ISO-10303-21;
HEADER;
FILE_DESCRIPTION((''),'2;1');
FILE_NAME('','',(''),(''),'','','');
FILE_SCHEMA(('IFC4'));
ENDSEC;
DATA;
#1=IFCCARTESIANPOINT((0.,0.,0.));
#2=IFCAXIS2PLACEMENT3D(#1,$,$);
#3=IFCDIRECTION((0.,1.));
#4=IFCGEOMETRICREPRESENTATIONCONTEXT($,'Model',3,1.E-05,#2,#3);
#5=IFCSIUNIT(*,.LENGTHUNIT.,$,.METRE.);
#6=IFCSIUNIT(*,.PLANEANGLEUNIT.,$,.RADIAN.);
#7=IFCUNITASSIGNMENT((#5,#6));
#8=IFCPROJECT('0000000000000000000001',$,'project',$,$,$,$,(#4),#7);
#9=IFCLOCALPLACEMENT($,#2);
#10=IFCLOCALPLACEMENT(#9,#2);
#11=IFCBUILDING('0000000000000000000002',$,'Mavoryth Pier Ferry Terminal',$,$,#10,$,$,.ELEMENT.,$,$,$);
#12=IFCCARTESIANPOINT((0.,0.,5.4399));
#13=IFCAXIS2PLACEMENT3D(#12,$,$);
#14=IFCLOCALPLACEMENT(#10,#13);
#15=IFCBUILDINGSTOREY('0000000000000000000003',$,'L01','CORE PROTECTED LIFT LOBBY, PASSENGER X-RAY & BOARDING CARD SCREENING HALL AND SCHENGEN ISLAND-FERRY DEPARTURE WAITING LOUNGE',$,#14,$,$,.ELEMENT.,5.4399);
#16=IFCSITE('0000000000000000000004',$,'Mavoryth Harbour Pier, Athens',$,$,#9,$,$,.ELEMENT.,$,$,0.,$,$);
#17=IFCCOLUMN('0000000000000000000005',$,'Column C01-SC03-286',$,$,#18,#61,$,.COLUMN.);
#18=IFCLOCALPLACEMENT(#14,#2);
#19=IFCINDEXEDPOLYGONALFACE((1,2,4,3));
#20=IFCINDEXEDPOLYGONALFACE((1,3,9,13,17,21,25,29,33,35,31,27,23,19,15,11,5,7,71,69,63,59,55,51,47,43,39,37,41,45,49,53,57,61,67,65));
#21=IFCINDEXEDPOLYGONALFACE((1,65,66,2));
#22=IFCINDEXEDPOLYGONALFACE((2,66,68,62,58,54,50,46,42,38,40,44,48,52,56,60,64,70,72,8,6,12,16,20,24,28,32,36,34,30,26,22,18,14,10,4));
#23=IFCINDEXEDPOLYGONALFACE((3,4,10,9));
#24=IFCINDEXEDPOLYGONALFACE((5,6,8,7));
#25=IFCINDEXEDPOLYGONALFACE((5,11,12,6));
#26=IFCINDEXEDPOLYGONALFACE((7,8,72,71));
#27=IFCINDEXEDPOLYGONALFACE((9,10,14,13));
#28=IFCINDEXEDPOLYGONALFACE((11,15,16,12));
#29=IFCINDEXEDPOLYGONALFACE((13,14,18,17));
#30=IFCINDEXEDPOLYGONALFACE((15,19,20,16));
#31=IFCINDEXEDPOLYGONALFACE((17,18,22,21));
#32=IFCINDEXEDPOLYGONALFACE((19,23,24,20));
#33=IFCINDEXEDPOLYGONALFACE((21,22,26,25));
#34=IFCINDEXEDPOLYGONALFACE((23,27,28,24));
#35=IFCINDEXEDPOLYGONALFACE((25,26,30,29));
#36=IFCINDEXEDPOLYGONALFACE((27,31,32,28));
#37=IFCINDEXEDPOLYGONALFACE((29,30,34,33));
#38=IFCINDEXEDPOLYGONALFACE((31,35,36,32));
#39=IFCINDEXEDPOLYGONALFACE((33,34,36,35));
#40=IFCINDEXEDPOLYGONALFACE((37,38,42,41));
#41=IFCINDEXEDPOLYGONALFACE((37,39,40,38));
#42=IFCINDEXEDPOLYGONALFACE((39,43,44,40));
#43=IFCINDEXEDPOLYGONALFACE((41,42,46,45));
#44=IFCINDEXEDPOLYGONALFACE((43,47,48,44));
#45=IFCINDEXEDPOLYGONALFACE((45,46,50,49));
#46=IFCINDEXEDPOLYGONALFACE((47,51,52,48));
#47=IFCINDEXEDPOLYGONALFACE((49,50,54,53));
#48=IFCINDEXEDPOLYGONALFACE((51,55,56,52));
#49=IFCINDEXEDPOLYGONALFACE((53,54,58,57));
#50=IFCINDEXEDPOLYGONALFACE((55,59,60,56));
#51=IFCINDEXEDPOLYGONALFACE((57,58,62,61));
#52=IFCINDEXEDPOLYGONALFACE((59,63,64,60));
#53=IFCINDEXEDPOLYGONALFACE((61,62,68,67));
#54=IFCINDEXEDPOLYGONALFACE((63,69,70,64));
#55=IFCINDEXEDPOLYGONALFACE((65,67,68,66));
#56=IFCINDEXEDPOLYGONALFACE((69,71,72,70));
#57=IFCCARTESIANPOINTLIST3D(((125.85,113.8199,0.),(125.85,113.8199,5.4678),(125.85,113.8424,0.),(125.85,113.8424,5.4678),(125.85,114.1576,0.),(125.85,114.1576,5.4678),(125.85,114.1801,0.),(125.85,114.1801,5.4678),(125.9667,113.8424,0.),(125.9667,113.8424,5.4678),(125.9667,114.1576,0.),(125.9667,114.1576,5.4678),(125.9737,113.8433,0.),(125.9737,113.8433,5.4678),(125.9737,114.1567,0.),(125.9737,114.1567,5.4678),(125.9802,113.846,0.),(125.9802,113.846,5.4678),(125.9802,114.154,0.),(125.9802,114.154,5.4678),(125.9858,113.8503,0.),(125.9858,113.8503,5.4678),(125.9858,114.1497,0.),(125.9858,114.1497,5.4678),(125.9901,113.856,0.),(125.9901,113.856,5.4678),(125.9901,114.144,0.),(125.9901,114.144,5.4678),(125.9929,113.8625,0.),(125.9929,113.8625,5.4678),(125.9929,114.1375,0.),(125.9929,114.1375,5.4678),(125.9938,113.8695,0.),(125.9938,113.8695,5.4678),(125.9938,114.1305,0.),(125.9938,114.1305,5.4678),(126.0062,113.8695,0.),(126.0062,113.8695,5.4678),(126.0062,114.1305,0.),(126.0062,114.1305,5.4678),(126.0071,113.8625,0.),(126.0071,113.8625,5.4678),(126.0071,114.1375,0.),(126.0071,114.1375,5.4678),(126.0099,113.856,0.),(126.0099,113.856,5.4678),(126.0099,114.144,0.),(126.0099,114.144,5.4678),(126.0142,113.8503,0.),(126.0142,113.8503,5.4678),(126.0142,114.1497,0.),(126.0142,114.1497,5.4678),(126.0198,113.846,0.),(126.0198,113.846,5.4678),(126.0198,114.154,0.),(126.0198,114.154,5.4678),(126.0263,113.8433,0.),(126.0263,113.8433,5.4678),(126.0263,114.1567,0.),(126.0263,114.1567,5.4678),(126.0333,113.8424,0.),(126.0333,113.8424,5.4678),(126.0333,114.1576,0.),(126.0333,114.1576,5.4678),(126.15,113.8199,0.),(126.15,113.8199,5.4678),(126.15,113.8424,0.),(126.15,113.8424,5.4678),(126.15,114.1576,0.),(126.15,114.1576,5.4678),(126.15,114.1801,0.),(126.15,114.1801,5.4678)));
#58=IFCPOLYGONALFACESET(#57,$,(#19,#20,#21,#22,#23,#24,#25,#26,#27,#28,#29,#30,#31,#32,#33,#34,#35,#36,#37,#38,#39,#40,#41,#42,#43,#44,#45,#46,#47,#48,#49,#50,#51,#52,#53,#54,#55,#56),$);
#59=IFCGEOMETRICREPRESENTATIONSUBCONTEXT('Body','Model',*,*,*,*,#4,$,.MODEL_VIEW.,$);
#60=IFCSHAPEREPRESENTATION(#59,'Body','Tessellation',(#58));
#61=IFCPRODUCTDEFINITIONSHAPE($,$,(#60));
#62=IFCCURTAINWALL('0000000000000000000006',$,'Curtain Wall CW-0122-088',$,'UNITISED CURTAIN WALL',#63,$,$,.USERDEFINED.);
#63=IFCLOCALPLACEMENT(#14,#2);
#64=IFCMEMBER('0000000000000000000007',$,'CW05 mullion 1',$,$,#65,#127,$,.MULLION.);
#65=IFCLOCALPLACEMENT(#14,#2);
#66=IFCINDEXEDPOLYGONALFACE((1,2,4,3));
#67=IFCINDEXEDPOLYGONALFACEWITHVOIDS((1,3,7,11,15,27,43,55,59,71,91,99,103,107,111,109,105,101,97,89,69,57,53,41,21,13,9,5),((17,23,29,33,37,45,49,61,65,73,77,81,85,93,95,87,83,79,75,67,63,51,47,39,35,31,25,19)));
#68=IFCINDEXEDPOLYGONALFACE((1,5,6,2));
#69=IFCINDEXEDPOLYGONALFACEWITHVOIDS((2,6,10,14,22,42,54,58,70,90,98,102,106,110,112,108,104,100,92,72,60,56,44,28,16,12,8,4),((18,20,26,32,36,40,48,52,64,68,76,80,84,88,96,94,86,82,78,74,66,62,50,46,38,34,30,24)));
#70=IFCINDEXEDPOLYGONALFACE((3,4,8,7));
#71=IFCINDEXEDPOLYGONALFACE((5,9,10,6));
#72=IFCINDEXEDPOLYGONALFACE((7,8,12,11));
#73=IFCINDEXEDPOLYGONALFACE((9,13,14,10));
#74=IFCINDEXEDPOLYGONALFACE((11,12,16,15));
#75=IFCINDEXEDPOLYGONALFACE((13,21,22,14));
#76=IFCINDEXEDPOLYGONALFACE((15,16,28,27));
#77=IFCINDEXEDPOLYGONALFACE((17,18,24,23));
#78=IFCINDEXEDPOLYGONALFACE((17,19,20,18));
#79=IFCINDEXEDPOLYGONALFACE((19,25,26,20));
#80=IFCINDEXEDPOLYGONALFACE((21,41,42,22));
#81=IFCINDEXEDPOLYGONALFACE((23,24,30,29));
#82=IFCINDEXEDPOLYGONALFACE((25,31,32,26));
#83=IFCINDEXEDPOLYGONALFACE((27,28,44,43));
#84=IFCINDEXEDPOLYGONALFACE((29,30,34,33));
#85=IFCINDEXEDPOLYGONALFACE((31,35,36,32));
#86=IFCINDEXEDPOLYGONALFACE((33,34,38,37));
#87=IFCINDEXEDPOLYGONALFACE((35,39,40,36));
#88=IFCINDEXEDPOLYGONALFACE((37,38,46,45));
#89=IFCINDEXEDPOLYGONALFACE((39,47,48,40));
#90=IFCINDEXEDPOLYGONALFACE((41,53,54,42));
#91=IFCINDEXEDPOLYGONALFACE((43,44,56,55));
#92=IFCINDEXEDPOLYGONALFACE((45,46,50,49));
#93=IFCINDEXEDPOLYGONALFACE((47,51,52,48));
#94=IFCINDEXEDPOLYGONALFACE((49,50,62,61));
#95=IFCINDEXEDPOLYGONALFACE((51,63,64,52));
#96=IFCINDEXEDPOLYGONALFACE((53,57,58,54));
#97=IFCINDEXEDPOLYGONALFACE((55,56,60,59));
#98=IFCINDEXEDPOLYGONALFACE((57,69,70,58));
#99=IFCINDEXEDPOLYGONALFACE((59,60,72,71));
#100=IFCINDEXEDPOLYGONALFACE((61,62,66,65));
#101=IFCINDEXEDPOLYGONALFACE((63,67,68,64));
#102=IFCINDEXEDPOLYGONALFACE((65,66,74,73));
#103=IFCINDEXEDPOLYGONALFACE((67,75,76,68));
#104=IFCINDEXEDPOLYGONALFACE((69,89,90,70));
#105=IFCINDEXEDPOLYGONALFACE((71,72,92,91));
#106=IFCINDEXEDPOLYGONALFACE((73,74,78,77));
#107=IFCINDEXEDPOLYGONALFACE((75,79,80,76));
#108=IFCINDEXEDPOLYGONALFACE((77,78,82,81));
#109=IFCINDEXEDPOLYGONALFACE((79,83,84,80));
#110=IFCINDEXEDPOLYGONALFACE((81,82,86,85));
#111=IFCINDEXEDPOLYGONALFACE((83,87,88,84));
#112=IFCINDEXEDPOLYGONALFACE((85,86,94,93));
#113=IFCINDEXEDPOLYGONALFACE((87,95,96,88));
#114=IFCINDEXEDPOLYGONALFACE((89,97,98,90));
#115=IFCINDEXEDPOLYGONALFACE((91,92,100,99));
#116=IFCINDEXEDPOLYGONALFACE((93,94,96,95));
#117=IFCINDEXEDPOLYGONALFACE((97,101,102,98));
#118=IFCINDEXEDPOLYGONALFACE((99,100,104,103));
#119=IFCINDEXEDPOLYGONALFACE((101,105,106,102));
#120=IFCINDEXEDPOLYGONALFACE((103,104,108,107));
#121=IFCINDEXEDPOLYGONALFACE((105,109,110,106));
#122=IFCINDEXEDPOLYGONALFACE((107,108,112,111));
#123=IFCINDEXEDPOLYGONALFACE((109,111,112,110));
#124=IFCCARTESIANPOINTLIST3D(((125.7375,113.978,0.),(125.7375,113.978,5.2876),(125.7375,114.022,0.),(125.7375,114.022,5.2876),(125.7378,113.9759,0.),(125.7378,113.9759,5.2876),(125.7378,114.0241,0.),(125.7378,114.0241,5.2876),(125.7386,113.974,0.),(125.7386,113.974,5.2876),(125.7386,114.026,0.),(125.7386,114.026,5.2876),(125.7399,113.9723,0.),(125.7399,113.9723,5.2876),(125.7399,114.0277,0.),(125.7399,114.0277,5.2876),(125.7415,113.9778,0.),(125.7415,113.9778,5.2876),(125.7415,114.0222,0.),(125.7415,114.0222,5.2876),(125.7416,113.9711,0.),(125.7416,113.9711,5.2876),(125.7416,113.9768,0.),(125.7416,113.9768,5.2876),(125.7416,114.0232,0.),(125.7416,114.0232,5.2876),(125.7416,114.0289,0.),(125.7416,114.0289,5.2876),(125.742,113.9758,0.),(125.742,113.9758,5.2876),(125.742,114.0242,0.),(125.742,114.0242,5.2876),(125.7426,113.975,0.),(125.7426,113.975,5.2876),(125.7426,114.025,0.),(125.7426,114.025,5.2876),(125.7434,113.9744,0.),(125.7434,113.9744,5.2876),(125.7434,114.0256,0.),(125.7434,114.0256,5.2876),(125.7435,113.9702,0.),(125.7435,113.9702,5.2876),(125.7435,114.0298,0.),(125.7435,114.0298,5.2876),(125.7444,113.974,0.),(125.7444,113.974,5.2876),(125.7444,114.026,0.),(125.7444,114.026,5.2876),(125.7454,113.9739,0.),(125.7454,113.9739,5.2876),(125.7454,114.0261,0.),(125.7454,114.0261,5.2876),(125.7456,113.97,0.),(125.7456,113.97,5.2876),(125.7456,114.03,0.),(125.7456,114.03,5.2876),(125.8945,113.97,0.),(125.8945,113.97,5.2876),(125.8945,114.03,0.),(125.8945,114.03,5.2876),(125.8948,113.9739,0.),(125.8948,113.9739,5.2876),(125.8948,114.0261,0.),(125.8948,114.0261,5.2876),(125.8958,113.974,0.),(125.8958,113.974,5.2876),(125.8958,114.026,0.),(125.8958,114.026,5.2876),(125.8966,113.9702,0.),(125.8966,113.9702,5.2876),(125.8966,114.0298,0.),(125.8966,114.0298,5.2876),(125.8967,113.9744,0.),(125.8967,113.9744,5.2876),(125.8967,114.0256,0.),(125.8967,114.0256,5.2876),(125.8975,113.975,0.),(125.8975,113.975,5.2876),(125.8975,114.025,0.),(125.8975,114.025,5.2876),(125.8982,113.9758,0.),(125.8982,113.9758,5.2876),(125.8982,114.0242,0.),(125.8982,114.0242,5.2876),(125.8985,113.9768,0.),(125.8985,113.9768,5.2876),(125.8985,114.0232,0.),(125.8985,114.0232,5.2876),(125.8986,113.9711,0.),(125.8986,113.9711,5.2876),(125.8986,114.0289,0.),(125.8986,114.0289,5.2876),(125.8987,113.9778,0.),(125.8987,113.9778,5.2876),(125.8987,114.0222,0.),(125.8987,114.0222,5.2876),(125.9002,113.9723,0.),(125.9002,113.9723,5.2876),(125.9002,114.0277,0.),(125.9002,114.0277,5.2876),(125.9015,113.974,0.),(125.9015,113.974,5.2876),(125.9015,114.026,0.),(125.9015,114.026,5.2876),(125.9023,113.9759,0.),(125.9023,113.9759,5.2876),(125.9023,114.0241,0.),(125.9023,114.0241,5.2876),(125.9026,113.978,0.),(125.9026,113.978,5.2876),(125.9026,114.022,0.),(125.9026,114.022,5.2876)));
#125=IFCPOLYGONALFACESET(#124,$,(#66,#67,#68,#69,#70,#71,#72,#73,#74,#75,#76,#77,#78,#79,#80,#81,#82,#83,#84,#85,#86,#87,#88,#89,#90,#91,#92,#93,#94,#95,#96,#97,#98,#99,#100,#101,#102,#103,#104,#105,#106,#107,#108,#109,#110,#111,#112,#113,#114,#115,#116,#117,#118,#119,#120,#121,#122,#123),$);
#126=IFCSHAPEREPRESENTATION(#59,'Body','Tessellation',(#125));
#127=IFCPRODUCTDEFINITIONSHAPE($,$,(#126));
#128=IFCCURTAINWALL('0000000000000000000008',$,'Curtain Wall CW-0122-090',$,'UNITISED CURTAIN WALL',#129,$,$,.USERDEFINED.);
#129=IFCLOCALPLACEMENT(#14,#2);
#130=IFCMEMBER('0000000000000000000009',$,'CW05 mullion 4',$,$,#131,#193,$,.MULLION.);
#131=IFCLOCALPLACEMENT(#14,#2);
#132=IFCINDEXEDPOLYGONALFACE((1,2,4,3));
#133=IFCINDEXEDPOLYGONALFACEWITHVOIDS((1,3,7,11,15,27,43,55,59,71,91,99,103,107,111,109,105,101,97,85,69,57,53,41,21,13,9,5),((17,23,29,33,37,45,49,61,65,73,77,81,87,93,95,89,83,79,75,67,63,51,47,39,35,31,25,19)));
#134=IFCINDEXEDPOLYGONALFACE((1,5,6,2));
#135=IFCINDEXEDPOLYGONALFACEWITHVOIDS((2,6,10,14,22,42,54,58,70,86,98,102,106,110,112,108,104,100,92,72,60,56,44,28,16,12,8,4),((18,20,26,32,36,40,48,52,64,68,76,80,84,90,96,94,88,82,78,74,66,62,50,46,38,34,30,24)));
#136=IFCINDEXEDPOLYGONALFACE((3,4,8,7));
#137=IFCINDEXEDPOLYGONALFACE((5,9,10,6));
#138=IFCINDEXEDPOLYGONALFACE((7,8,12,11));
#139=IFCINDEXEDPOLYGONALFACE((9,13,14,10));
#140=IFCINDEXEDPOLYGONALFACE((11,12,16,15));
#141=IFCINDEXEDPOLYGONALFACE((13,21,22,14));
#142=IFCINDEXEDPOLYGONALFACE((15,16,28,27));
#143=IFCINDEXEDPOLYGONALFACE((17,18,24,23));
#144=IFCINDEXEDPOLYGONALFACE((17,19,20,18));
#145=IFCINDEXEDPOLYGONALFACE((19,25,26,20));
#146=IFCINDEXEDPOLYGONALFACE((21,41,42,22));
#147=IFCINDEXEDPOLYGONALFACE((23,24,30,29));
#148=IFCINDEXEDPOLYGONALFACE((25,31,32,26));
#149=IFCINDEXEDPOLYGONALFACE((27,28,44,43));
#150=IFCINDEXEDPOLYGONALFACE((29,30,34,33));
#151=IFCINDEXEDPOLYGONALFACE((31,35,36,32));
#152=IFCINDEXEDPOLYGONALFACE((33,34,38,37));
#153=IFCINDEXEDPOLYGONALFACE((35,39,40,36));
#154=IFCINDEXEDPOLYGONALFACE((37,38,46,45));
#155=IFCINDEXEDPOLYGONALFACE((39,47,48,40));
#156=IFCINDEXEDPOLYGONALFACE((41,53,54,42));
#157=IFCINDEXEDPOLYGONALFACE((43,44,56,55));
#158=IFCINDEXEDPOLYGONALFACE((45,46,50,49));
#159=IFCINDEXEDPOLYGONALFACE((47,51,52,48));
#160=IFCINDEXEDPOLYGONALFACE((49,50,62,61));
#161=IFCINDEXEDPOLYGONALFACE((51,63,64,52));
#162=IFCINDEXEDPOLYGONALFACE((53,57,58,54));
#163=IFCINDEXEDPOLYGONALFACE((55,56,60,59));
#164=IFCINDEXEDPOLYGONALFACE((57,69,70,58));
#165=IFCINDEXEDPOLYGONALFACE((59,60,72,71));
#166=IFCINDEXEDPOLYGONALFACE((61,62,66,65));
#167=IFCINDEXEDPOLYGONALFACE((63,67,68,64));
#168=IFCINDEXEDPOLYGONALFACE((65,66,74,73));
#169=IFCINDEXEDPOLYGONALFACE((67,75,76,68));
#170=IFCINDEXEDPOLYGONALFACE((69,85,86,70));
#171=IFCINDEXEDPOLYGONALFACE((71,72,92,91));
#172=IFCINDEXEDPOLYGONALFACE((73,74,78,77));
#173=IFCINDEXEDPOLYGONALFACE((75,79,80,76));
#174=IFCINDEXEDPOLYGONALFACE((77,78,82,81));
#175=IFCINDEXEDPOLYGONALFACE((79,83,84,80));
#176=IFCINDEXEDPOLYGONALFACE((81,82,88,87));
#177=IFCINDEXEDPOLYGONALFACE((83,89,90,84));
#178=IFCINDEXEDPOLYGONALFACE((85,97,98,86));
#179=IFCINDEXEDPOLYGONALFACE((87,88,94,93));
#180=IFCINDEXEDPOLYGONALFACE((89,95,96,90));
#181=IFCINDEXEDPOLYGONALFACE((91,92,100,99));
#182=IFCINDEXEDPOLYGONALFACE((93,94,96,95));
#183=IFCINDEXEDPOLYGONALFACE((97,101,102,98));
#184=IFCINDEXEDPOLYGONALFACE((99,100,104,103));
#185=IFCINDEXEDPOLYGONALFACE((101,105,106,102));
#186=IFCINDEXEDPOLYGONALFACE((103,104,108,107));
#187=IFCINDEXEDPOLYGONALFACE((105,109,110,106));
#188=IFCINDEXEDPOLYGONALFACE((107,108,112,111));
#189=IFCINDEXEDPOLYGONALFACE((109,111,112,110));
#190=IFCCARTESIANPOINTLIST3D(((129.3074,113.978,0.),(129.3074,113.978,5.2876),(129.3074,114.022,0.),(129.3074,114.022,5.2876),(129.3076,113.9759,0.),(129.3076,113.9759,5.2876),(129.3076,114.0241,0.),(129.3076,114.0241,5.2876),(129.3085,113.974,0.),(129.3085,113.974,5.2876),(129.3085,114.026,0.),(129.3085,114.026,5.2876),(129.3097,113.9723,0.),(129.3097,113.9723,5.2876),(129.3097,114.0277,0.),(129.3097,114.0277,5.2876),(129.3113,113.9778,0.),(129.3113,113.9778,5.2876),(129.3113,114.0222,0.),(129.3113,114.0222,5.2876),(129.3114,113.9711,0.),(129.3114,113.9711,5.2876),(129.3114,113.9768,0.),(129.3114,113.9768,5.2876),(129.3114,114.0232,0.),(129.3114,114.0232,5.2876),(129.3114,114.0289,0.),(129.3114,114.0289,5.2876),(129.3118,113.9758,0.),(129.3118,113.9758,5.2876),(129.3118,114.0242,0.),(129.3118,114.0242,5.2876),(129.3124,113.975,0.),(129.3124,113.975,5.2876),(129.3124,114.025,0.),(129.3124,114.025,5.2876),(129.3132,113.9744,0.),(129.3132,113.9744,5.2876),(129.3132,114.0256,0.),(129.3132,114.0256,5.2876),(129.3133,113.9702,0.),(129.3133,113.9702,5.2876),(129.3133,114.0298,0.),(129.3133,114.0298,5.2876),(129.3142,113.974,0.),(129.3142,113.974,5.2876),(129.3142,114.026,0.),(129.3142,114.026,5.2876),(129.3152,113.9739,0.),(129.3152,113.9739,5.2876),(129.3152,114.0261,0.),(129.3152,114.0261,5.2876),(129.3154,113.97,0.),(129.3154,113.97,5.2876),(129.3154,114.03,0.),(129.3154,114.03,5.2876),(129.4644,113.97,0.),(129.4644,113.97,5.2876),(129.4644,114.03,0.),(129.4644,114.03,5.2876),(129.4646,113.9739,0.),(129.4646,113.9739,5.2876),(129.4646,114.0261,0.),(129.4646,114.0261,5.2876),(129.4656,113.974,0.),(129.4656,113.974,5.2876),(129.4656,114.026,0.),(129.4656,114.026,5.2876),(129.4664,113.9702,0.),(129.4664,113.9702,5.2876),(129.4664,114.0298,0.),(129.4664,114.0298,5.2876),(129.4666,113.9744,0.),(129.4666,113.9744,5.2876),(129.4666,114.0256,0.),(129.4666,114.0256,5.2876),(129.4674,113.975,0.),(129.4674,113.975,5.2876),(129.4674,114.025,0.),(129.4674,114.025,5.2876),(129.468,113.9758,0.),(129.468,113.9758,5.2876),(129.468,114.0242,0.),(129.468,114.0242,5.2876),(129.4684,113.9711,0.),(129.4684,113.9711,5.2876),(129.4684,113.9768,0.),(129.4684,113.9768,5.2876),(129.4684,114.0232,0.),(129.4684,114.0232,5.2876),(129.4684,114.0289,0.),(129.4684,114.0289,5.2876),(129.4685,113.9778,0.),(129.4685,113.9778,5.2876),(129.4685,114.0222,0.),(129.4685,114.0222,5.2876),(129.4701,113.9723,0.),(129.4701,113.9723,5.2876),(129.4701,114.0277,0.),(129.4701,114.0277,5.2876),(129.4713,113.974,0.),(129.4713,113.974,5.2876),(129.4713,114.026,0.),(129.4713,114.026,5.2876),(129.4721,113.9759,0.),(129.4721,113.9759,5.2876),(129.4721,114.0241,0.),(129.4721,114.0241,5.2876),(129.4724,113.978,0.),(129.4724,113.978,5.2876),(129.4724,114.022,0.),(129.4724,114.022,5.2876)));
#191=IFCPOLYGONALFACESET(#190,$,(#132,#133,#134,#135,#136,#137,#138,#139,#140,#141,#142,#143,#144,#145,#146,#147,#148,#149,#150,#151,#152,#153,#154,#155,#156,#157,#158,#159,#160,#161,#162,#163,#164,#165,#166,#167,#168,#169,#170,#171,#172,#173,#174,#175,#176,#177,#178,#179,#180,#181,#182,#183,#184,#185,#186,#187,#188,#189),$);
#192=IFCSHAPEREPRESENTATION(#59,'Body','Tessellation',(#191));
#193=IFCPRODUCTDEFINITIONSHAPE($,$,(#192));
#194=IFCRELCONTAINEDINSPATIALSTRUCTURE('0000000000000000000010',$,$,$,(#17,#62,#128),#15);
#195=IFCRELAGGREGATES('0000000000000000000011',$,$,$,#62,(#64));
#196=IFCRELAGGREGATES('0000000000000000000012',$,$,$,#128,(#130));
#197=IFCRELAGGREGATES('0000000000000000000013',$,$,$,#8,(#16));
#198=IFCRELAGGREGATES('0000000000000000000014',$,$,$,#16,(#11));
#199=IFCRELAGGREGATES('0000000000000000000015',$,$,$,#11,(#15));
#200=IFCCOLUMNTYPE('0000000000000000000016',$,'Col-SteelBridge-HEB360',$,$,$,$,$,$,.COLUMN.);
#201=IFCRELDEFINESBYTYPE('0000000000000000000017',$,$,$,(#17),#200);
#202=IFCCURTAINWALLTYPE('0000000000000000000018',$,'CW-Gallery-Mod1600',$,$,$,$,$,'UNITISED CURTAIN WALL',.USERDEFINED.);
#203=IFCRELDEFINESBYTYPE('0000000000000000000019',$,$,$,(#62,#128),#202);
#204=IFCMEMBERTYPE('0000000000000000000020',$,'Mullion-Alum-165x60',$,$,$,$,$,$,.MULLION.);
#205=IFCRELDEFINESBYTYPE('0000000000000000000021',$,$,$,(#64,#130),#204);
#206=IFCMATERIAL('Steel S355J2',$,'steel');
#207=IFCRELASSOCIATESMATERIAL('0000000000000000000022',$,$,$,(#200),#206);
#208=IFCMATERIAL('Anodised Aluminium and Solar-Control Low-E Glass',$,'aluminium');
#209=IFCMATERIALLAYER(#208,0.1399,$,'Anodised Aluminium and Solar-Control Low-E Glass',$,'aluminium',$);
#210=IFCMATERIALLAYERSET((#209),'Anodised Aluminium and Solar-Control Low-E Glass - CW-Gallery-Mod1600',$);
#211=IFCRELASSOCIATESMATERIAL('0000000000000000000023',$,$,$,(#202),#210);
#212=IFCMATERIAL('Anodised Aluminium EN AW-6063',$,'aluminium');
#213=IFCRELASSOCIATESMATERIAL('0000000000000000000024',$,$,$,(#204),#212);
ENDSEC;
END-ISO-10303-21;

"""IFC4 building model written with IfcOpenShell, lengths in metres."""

from ifc_helpers import new_model, si_unit, direction, frame, origin, origin_2d, place, context, subcontext, project, spatial, hollow_rectangle, i_section, extrude, material, layer, layer_set, material_profile, profile_set, type_object, element, aggregate, save


model = new_model("IFC4")

# Units and contexts
model_context = context("Model", 3, precision=1e-05, world=origin(), true_north=direction((0.0, 1.0)))
body_context = subcontext(model_context, "Body", "Model", "MODEL_VIEW")
ifc_project = project(units=[si_unit("LENGTHUNIT", "METRE"), si_unit("PLANEANGLEUNIT", "RADIAN")], contexts=[model_context])

# Site, building, storey
site_placement = place(None, origin())
site = spatial("IfcSite", under=ifc_project, at=site_placement, Name="Mavoryth Harbour Pier, Athens", CompositionType="ELEMENT", RefElevation=0.0)
building_placement = place(site_placement, origin())
building = spatial("IfcBuilding", under=site, at=building_placement, Name="Mavoryth Pier Ferry Terminal", CompositionType="ELEMENT")
storey_placement = place(building_placement, frame((0.0, 0.0, 5.4399)))
storey = spatial("IfcBuildingStorey", under=building, at=storey_placement, Name="L01", Description="CORE PROTECTED LIFT LOBBY, PASSENGER X-RAY & BOARDING CARD SCREENING HALL AND SCHENGEN ISLAND-FERRY DEPARTURE WAITING LOUNGE", CompositionType="ELEMENT", Elevation=5.4399)

# Column
ifc_material_1 = material(Name="Steel S355J2", Category="steel")
ifc_material_profile_1 = material_profile(ifc_material_1, i_section(OverallWidth=0.3, OverallDepth=0.3601, WebThickness=0.0125, FlangeThickness=0.0225, FilletRadius=0.0271, at=origin_2d()), Name="HEB 360", Category="steel")
ifc_profile_set_1 = profile_set([ifc_material_profile_1], Name="Steel S355J2 - HEB 360")
column_type = type_object("IfcColumnType", Name="Col-SteelBridge-HEB360", PredefinedType="COLUMN", material=ifc_profile_set_1)
column_placement = place(storey_placement, frame((126.0, 114.0, 0.0), z_axis=(0.0, 0.0, 1.0), x_axis=(1.0, 0.0, 0.0)))
element("IfcColumn", 1, at=column_placement, inside=storey, type_object=column_type, Name="Column C01-SC03-286", PredefinedType="COLUMN", context=body_context, shape_type="SweptSolid", body=[
    extrude(i_section(OverallWidth=0.3, OverallDepth=0.3601, WebThickness=0.0125, FlangeThickness=0.0225, FilletRadius=0.0271, at=origin_2d()), origin(), (0.0, 0.0, 1.0), 5.4678),
])

# Curtain wall, member
ifc_material_2 = material(Name="Anodised Aluminium and Solar-Control Low-E Glass", Category="aluminium")
ifc_layer_1 = layer(ifc_material_2, 0.1399, Name="Anodised Aluminium and Solar-Control Low-E Glass", Category="aluminium")
ifc_layer_set_1 = layer_set([ifc_layer_1], Name="Anodised Aluminium and Solar-Control Low-E Glass - CW-Gallery-Mod1600")
curtain_wall_type = type_object("IfcCurtainWallType", Name="CW-Gallery-Mod1600", ElementType="UNITISED CURTAIN WALL", PredefinedType="USERDEFINED", material=ifc_layer_set_1)
curtain_wall_1_placement = place(storey_placement, origin())
curtain_wall_1 = element("IfcCurtainWall", 2, at=curtain_wall_1_placement, inside=storey, type_object=curtain_wall_type, Name="Curtain Wall CW-0122-088", ObjectType="UNITISED CURTAIN WALL", PredefinedType="USERDEFINED")
ifc_material_3 = material(Name="Anodised Aluminium EN AW-6063", Category="aluminium")
ifc_material_profile_2 = material_profile(ifc_material_3, hollow_rectangle(XDim=0.0601, YDim=0.165, WallThickness=0.0039, InnerFilletRadius=0.0039, OuterFilletRadius=0.0081, at=origin_2d()), Name="AL-MULL 165x60x4", Category="aluminium")
ifc_profile_set_2 = profile_set([ifc_material_profile_2], Name="Anodised Aluminium EN AW-6063 - AL-MULL 165x60x4")
member_type_1 = type_object("IfcMemberType", Name="Mullion-Alum-165x60", PredefinedType="MULLION", material=ifc_profile_set_2)
member_1_placement = place(storey_placement, frame((125.8201, 114.0, 0.0), z_axis=(0.0, 0.0, 1.0), x_axis=(0.0, -1.0, 0.0)))
member_1 = element("IfcMember", 3, at=member_1_placement, type_object=member_type_1, Name="CW05 mullion 1", PredefinedType="MULLION", context=body_context, shape_type="SweptSolid", body=[
    extrude(hollow_rectangle(XDim=0.0601, YDim=0.165, WallThickness=0.0039, InnerFilletRadius=0.0039, OuterFilletRadius=0.0081, at=origin_2d()), origin(), (0.0, 0.0, 1.0), 5.2876),
])

# Curtain wall, member
curtain_wall_2_placement = place(storey_placement, origin())
curtain_wall_2 = element("IfcCurtainWall", 4, at=curtain_wall_2_placement, inside=storey, type_object=curtain_wall_type, Name="Curtain Wall CW-0122-090", ObjectType="UNITISED CURTAIN WALL", PredefinedType="USERDEFINED")
member_2_placement = place(storey_placement, frame((129.3899, 114.0, 0.0), z_axis=(0.0, 0.0, 1.0), x_axis=(0.0, -1.0, 0.0)))
member_2 = element("IfcMember", 5, at=member_2_placement, type_object=member_type_1, Name="CW05 mullion 4", PredefinedType="MULLION", context=body_context, shape_type="SweptSolid", body=[
    extrude(hollow_rectangle(XDim=0.0601, YDim=0.165, WallThickness=0.0039, InnerFilletRadius=0.0039, OuterFilletRadius=0.0081, at=origin_2d()), origin(), (0.0, 0.0, 1.0), 5.2876),
])

aggregate(curtain_wall_1, [member_1])
aggregate(curtain_wall_2, [member_2])

save(model, "model.ifc")
